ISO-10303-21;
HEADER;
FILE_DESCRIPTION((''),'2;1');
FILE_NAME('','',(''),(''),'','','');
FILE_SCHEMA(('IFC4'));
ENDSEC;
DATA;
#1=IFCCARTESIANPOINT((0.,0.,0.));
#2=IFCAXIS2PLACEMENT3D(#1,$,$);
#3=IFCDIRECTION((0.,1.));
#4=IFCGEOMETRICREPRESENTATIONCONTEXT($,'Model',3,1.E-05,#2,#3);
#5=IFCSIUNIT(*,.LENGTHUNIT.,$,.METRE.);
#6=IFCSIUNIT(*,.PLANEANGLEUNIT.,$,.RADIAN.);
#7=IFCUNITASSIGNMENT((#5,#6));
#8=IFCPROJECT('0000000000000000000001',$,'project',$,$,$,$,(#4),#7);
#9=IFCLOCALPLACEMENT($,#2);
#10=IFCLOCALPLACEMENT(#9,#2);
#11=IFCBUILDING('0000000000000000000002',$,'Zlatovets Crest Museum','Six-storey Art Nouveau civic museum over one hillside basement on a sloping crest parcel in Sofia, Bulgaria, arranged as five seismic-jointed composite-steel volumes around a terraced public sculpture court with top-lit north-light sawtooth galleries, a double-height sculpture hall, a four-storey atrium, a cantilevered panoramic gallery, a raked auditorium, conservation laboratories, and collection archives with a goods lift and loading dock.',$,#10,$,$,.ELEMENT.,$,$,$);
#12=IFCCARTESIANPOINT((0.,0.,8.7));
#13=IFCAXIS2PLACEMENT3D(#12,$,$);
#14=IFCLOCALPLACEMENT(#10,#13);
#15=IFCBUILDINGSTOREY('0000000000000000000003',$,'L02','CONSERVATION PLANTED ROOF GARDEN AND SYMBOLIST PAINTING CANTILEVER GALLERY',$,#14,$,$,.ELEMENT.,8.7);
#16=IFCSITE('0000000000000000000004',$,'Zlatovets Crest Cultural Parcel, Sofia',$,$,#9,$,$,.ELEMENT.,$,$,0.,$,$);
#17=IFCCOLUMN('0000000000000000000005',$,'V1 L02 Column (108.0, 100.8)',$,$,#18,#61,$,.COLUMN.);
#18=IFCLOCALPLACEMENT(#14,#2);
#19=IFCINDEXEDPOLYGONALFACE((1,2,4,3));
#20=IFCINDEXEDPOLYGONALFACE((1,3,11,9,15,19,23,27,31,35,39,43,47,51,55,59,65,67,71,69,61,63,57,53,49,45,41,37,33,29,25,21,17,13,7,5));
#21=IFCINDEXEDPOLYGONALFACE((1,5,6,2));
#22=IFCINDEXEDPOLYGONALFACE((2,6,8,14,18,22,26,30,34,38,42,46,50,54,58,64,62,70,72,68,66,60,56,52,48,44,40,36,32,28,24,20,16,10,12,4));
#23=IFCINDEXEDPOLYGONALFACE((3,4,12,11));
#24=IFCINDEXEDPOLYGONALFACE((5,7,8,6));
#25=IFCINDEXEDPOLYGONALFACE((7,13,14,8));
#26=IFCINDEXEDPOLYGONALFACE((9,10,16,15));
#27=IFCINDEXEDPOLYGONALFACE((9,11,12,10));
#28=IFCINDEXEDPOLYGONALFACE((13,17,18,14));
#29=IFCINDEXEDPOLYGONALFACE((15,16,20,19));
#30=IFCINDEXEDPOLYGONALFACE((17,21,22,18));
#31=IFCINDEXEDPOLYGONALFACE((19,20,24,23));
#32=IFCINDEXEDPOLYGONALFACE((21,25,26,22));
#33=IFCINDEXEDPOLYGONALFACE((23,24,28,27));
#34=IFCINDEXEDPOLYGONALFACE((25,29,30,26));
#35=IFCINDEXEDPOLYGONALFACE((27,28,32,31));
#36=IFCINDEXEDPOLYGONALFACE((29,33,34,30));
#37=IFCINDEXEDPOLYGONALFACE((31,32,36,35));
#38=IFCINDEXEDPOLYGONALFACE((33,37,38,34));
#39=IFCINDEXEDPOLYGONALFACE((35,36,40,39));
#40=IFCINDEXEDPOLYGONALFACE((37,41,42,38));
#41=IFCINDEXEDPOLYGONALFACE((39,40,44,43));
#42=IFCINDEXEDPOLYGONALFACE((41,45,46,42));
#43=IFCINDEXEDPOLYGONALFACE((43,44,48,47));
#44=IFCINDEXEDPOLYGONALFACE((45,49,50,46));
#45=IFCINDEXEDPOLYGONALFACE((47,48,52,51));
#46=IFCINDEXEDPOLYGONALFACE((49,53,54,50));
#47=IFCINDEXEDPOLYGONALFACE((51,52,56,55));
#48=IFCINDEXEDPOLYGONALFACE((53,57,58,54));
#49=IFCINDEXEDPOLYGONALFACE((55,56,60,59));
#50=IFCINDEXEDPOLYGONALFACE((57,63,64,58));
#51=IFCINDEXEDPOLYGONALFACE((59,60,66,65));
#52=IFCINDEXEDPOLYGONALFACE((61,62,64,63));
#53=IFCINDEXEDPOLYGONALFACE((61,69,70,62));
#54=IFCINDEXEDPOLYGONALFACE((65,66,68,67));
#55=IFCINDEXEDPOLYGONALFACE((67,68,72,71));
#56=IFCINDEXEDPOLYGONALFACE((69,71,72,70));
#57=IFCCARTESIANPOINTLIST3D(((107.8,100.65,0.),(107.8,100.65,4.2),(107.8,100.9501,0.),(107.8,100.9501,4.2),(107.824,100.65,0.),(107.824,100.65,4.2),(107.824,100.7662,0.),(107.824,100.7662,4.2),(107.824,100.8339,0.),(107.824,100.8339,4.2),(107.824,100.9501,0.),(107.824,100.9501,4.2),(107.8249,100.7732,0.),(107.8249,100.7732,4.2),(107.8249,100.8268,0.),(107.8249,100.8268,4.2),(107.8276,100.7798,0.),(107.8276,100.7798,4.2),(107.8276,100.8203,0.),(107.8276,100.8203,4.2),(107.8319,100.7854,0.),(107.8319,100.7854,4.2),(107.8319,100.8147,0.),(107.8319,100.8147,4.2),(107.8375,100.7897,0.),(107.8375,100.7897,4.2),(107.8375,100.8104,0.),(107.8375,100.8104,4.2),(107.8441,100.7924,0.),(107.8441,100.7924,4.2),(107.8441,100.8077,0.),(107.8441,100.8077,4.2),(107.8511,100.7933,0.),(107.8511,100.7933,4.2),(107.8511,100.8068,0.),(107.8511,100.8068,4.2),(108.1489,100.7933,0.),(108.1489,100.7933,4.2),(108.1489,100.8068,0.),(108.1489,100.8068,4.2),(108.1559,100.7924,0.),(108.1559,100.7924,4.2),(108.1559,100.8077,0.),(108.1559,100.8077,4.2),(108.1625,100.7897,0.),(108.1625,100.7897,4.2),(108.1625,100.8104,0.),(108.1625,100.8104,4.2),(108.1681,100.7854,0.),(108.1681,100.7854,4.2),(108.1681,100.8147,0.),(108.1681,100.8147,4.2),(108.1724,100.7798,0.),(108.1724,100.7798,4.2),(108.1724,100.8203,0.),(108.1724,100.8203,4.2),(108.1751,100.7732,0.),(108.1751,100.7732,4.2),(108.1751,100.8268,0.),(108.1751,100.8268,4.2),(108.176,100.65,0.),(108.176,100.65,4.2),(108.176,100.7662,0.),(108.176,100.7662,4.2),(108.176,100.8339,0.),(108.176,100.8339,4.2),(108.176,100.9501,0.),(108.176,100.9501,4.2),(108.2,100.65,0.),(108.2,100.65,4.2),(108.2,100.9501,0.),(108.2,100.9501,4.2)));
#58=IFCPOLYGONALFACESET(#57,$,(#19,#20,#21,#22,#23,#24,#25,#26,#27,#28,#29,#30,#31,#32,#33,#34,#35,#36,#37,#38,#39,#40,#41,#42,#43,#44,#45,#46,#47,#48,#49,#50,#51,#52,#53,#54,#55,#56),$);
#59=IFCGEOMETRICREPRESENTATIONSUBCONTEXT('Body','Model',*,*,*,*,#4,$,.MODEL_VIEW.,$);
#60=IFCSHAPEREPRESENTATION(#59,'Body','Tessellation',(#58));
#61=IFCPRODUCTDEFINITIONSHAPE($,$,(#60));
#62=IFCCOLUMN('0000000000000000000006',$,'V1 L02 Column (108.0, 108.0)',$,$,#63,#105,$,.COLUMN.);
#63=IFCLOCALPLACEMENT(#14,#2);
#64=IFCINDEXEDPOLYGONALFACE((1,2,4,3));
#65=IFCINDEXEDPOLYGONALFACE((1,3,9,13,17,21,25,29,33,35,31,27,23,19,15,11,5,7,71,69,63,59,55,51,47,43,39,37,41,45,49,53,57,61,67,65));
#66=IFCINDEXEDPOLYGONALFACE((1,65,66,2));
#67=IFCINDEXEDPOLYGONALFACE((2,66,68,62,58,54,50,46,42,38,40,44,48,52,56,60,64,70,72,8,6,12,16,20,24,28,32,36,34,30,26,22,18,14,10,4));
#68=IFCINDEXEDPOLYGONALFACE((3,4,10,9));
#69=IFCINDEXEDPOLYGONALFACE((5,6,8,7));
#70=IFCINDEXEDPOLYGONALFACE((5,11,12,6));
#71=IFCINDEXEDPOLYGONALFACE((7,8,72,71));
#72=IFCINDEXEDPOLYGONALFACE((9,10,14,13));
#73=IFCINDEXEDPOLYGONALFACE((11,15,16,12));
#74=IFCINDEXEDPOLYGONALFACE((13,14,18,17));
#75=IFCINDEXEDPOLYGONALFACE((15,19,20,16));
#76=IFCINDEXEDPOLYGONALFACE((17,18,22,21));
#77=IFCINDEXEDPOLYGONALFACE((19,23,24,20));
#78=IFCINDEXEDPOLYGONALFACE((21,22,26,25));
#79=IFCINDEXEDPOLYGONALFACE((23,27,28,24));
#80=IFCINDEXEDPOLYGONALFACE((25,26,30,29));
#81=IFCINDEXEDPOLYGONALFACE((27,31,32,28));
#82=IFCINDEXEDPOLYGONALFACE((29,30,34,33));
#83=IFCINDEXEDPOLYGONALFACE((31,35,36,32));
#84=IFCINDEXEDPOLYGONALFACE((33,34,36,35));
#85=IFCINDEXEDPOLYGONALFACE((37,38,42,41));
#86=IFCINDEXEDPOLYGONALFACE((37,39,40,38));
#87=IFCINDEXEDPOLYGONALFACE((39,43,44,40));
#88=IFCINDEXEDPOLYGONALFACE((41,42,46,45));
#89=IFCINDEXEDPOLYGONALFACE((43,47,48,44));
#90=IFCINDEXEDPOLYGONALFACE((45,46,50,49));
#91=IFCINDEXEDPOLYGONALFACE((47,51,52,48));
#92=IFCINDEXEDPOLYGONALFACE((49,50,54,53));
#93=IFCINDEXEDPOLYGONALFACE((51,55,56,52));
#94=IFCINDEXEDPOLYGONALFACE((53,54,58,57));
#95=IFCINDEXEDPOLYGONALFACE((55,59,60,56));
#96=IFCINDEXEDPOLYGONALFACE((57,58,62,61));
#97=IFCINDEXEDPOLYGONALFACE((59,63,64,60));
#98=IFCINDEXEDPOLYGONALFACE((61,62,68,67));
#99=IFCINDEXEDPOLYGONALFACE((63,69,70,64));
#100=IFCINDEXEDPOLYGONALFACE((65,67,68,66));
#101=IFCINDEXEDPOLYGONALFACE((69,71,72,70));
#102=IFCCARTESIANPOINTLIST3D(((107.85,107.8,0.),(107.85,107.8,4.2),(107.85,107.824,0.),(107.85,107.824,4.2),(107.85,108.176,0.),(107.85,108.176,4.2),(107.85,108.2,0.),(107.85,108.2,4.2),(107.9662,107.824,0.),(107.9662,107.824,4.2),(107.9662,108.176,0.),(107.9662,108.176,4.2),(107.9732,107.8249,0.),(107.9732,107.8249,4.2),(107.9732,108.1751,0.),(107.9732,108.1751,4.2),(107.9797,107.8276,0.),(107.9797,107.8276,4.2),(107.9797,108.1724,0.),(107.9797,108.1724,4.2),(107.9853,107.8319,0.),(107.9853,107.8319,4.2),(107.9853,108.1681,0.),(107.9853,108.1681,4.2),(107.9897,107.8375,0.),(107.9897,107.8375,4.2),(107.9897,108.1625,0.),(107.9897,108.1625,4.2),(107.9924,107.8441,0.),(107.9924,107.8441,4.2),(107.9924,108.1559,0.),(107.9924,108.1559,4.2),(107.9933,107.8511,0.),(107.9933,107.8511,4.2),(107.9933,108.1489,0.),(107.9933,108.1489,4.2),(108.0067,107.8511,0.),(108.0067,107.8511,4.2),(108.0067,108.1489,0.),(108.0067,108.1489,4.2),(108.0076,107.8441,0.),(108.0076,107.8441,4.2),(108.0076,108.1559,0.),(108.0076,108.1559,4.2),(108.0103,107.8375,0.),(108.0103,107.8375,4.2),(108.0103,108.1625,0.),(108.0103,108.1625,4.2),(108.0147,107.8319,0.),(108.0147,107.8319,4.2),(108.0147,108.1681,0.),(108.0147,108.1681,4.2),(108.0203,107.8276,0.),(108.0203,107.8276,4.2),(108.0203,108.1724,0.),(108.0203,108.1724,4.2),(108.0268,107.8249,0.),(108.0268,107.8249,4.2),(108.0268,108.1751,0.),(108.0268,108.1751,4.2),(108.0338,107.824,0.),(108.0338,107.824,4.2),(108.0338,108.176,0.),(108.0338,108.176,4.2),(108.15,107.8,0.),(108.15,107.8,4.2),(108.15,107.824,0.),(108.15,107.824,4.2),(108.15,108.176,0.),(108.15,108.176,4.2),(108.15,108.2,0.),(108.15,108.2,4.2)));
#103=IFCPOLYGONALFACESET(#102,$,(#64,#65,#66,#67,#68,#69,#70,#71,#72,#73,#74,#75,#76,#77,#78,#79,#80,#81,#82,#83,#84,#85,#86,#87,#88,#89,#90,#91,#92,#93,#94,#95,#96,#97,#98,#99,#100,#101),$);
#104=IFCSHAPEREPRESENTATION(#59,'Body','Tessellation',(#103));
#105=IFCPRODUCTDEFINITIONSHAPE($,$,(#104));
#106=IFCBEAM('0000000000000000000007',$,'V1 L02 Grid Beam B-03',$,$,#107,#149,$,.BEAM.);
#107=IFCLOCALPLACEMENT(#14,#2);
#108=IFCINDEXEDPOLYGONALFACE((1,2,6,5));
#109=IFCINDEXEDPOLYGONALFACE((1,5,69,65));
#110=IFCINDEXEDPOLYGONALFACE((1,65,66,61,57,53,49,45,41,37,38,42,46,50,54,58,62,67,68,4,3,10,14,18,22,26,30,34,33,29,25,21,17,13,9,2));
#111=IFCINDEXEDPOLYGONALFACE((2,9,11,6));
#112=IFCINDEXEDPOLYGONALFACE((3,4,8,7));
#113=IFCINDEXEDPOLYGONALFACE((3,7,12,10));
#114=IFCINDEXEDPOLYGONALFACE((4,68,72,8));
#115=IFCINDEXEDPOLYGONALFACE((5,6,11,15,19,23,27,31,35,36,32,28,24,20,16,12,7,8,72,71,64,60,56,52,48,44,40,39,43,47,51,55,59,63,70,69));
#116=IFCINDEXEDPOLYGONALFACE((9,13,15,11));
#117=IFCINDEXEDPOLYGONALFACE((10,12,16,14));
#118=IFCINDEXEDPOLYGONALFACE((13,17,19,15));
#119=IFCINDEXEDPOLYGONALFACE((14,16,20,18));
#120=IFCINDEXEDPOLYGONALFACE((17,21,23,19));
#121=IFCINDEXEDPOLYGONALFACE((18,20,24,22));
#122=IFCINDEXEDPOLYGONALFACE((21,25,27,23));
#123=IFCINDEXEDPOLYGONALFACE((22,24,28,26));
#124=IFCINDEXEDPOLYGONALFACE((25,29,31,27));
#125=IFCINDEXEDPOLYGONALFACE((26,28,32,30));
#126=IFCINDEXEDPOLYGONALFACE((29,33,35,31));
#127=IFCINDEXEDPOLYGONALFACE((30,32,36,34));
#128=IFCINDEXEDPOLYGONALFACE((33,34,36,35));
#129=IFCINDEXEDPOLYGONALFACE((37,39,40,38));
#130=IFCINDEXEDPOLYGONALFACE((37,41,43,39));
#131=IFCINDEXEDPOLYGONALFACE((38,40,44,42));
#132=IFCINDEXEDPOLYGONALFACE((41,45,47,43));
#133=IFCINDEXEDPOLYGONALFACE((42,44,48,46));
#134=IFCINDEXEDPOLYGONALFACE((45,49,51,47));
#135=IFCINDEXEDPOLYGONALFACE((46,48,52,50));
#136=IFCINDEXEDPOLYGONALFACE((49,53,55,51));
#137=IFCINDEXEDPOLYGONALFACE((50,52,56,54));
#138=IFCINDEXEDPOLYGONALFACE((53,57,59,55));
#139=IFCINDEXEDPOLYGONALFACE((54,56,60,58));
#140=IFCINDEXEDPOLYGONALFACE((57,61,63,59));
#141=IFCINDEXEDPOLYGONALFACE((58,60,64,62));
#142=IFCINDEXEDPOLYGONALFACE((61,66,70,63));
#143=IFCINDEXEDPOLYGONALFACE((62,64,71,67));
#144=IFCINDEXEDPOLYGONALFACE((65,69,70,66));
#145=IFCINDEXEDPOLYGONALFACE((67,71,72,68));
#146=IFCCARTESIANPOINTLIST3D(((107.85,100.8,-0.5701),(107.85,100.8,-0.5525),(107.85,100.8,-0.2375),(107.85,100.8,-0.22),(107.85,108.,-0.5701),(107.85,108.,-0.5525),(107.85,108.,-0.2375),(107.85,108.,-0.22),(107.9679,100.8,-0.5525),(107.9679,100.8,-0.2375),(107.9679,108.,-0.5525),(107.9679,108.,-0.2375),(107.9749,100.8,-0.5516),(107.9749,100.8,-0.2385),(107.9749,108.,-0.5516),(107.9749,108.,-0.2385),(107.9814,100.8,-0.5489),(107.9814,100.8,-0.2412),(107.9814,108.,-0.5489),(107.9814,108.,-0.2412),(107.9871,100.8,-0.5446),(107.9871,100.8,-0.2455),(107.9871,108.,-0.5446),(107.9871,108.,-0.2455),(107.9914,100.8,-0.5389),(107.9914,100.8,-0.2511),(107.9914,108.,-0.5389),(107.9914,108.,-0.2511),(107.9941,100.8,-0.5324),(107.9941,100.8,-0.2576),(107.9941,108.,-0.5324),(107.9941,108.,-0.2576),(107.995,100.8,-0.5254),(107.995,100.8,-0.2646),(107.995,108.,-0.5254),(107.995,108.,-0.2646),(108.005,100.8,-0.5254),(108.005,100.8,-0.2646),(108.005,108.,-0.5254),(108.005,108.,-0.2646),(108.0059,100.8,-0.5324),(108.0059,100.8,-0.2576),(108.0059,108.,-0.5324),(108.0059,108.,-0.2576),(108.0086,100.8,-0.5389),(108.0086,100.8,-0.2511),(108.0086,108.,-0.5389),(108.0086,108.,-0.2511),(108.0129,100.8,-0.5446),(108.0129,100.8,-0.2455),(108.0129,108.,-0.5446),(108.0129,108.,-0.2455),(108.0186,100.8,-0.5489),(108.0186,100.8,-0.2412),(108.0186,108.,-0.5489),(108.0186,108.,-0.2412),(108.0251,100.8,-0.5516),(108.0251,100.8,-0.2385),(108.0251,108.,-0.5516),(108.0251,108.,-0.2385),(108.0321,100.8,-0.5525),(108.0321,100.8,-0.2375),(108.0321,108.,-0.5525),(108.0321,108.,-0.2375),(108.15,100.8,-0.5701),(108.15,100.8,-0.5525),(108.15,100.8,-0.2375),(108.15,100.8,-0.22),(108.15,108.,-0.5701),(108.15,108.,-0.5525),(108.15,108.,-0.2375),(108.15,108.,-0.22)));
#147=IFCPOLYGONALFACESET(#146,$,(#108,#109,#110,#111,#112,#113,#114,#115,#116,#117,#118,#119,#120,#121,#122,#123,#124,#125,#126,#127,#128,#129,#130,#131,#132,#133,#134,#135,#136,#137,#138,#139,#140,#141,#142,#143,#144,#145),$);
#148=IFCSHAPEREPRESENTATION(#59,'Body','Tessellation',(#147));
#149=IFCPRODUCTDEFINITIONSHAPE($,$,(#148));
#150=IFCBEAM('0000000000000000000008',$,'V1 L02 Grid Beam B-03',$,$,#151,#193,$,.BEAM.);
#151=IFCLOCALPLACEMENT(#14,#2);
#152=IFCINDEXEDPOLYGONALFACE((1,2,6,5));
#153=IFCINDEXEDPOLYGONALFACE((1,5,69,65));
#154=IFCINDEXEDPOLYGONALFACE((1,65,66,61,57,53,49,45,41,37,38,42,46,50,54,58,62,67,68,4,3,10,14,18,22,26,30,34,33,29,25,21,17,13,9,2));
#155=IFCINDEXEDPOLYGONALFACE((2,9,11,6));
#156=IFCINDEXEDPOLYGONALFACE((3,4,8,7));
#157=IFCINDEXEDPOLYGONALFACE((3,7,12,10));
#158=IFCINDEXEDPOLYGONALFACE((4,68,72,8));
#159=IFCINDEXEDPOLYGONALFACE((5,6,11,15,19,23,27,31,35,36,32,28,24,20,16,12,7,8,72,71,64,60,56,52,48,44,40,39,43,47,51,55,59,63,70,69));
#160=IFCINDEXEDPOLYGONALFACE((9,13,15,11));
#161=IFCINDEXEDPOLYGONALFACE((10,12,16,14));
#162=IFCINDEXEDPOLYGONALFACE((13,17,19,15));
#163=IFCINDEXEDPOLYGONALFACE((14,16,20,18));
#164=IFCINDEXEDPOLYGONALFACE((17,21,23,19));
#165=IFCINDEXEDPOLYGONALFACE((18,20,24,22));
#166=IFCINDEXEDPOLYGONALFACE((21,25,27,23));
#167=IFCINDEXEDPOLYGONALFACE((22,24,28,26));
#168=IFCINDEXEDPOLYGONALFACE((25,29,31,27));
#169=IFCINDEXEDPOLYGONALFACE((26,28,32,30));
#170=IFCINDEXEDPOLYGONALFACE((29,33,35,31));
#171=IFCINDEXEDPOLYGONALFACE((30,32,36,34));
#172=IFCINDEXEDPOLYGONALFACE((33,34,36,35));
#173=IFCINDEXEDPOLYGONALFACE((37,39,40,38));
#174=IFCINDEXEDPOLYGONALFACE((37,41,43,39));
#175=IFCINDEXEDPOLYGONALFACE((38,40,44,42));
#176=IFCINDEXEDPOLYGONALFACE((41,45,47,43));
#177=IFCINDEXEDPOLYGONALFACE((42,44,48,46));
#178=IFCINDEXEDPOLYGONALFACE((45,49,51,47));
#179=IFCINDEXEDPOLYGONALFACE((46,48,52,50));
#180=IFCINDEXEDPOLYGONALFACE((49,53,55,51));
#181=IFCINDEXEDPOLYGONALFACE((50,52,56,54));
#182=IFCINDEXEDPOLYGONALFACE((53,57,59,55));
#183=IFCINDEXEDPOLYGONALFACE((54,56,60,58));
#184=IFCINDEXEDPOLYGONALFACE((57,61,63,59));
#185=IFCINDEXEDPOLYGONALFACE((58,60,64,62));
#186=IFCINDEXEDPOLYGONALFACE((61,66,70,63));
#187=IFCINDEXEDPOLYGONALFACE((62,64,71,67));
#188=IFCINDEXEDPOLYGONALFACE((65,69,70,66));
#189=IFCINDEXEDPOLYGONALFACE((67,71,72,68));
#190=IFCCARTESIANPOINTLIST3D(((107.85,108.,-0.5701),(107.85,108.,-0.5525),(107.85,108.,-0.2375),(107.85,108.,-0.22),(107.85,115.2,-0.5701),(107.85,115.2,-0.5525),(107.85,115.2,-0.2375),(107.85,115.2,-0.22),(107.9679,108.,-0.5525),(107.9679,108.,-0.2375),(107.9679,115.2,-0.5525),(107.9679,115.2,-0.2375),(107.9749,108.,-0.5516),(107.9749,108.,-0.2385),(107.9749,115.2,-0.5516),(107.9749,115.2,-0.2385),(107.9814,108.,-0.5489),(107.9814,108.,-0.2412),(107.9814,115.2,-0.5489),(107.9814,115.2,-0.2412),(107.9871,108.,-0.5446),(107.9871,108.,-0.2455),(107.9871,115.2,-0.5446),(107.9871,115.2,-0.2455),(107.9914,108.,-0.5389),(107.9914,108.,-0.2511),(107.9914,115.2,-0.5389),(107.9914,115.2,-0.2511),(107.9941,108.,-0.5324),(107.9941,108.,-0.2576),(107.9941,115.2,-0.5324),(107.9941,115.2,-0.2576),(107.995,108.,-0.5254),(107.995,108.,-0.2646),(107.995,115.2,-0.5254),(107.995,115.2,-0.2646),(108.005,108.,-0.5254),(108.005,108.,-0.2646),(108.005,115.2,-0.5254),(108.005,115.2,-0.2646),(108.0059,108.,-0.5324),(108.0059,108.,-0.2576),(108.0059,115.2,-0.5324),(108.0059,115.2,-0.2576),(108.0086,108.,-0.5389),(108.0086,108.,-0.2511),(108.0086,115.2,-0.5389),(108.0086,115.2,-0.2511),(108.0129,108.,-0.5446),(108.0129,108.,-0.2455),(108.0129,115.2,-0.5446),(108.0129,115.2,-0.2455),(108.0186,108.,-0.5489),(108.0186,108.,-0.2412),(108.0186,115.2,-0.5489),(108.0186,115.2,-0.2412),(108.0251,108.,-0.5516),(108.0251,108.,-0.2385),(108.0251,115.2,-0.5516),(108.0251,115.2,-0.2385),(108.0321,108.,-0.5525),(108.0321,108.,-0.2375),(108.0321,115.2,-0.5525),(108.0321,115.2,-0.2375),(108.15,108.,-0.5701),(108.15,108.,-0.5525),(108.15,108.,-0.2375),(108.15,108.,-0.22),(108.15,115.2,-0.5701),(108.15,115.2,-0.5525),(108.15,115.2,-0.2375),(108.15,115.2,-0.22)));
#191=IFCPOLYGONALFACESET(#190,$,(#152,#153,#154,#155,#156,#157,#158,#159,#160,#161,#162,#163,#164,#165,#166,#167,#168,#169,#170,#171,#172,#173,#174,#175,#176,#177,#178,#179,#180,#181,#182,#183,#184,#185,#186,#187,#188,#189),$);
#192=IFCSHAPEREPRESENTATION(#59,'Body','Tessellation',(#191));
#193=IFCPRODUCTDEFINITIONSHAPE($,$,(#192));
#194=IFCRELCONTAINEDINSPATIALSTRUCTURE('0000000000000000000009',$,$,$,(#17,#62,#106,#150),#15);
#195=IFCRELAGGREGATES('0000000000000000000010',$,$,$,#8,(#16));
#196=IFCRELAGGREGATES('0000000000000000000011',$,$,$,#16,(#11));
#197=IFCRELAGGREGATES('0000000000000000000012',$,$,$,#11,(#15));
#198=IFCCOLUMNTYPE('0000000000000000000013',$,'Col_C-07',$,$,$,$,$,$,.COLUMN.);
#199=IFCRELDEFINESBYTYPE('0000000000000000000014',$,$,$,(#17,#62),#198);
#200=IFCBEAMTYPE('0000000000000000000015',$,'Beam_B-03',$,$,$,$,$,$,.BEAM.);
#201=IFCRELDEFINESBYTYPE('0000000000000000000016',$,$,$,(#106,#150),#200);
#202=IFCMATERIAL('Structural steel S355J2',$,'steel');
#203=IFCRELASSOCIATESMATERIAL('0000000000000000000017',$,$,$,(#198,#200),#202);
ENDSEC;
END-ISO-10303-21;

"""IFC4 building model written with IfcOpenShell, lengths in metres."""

from ifc_helpers import new_model, si_unit, direction, frame, origin, origin_2d, place, context, subcontext, project, spatial, i_section, extrude, material, material_profile, profile_set, type_object, element, save


model = new_model("IFC4")

# Units and contexts
model_context = context("Model", 3, precision=1e-05, world=origin(), true_north=direction((0.0, 1.0)))
body_context = subcontext(model_context, "Body", "Model", "MODEL_VIEW")
ifc_project = project(units=[si_unit("LENGTHUNIT", "METRE"), si_unit("PLANEANGLEUNIT", "RADIAN")], contexts=[model_context])

# Site, building, storey
site_placement = place(None, origin())
site = spatial("IfcSite", under=ifc_project, at=site_placement, Name="Zlatovets Crest Cultural Parcel, Sofia", CompositionType="ELEMENT", RefElevation=0.0)
building_placement = place(site_placement, origin())
building = spatial("IfcBuilding", under=site, at=building_placement, Name="Zlatovets Crest Museum", Description="Six-storey Art Nouveau civic museum over one hillside basement on a sloping crest parcel in Sofia, Bulgaria, arranged as five seismic-jointed composite-steel volumes around a terraced public sculpture court with top-lit north-light sawtooth galleries, a double-height sculpture hall, a four-storey atrium, a cantilevered panoramic gallery, a raked auditorium, conservation laboratories, and collection archives with a goods lift and loading dock.", CompositionType="ELEMENT")
storey_placement = place(building_placement, frame((0.0, 0.0, 8.7)))
storey = spatial("IfcBuildingStorey", under=building, at=storey_placement, Name="L02", Description="CONSERVATION PLANTED ROOF GARDEN AND SYMBOLIST PAINTING CANTILEVER GALLERY", CompositionType="ELEMENT", Elevation=8.7)

# Columns
ifc_material_1 = material(Name="Structural steel S355J2", Category="steel")
ifc_material_profile_1 = material_profile(ifc_material_1, i_section(OverallWidth=0.3, OverallDepth=0.3999, WebThickness=0.0134, FlangeThickness=0.0239, FilletRadius=0.0271, at=origin_2d()), Name="HEB 400")
ifc_profile_set_1 = profile_set([ifc_material_profile_1], Name="Structural steel S355J2")
column_type = type_object("IfcColumnType", Name="Col_C-07", PredefinedType="COLUMN", material=ifc_profile_set_1)
for number, where, z_axis, x_axis, name in (
    (1, (108.0, 100.8, 0.0), (0.0, 0.0, 1.0), (0.0, 1.0, 0.0), "V1 L02 Column (108.0, 100.8)"),
    (2, (108.0, 108.0, 0.0), (0.0, 0.0, 1.0), (1.0, 0.0, 0.0), "V1 L02 Column (108.0, 108.0)"),
):
    element("IfcColumn", number, at=place(storey_placement, frame(where, z_axis=z_axis, x_axis=x_axis)), inside=storey, type_object=column_type, Name=name, PredefinedType="COLUMN", context=body_context, shape_type="SweptSolid", body=[
        extrude(i_section(OverallWidth=0.3, OverallDepth=0.3999, WebThickness=0.0134, FlangeThickness=0.0239, FilletRadius=0.0271, at=origin_2d()), origin(), (0.0, 0.0, 1.0), 4.2),
    ])

# Beams
ifc_material_profile_2 = material_profile(ifc_material_1, i_section(OverallWidth=0.3, OverallDepth=0.3501, WebThickness=0.01, FlangeThickness=0.0176, FilletRadius=0.0271, at=origin_2d()), Name="HEA 360")
ifc_profile_set_2 = profile_set([ifc_material_profile_2], Name="Structural steel S355J2")
beam_type_1 = type_object("IfcBeamType", Name="Beam_B-03", PredefinedType="BEAM", material=ifc_profile_set_2)
for number, where, z_axis, x_axis, name in (
    (3, (108.0, 100.8, -0.395), (0.0, 1.0, 0.0), (-1.0, 0.0, 0.0), "V1 L02 Grid Beam B-03"),
    (4, (108.0, 108.0, -0.395), (0.0, 1.0, 0.0), (-1.0, 0.0, 0.0), "V1 L02 Grid Beam B-03"),
):
    element("IfcBeam", number, at=place(storey_placement, frame(where, z_axis=z_axis, x_axis=x_axis)), inside=storey, type_object=beam_type_1, Name=name, PredefinedType="BEAM", context=body_context, shape_type="SweptSolid", body=[
        extrude(i_section(OverallWidth=0.3, OverallDepth=0.3501, WebThickness=0.01, FlangeThickness=0.0176, FilletRadius=0.0271, at=origin_2d()), origin(), (0.0, 0.0, 1.0), 7.2),
    ])

save(model, "model.ifc")
